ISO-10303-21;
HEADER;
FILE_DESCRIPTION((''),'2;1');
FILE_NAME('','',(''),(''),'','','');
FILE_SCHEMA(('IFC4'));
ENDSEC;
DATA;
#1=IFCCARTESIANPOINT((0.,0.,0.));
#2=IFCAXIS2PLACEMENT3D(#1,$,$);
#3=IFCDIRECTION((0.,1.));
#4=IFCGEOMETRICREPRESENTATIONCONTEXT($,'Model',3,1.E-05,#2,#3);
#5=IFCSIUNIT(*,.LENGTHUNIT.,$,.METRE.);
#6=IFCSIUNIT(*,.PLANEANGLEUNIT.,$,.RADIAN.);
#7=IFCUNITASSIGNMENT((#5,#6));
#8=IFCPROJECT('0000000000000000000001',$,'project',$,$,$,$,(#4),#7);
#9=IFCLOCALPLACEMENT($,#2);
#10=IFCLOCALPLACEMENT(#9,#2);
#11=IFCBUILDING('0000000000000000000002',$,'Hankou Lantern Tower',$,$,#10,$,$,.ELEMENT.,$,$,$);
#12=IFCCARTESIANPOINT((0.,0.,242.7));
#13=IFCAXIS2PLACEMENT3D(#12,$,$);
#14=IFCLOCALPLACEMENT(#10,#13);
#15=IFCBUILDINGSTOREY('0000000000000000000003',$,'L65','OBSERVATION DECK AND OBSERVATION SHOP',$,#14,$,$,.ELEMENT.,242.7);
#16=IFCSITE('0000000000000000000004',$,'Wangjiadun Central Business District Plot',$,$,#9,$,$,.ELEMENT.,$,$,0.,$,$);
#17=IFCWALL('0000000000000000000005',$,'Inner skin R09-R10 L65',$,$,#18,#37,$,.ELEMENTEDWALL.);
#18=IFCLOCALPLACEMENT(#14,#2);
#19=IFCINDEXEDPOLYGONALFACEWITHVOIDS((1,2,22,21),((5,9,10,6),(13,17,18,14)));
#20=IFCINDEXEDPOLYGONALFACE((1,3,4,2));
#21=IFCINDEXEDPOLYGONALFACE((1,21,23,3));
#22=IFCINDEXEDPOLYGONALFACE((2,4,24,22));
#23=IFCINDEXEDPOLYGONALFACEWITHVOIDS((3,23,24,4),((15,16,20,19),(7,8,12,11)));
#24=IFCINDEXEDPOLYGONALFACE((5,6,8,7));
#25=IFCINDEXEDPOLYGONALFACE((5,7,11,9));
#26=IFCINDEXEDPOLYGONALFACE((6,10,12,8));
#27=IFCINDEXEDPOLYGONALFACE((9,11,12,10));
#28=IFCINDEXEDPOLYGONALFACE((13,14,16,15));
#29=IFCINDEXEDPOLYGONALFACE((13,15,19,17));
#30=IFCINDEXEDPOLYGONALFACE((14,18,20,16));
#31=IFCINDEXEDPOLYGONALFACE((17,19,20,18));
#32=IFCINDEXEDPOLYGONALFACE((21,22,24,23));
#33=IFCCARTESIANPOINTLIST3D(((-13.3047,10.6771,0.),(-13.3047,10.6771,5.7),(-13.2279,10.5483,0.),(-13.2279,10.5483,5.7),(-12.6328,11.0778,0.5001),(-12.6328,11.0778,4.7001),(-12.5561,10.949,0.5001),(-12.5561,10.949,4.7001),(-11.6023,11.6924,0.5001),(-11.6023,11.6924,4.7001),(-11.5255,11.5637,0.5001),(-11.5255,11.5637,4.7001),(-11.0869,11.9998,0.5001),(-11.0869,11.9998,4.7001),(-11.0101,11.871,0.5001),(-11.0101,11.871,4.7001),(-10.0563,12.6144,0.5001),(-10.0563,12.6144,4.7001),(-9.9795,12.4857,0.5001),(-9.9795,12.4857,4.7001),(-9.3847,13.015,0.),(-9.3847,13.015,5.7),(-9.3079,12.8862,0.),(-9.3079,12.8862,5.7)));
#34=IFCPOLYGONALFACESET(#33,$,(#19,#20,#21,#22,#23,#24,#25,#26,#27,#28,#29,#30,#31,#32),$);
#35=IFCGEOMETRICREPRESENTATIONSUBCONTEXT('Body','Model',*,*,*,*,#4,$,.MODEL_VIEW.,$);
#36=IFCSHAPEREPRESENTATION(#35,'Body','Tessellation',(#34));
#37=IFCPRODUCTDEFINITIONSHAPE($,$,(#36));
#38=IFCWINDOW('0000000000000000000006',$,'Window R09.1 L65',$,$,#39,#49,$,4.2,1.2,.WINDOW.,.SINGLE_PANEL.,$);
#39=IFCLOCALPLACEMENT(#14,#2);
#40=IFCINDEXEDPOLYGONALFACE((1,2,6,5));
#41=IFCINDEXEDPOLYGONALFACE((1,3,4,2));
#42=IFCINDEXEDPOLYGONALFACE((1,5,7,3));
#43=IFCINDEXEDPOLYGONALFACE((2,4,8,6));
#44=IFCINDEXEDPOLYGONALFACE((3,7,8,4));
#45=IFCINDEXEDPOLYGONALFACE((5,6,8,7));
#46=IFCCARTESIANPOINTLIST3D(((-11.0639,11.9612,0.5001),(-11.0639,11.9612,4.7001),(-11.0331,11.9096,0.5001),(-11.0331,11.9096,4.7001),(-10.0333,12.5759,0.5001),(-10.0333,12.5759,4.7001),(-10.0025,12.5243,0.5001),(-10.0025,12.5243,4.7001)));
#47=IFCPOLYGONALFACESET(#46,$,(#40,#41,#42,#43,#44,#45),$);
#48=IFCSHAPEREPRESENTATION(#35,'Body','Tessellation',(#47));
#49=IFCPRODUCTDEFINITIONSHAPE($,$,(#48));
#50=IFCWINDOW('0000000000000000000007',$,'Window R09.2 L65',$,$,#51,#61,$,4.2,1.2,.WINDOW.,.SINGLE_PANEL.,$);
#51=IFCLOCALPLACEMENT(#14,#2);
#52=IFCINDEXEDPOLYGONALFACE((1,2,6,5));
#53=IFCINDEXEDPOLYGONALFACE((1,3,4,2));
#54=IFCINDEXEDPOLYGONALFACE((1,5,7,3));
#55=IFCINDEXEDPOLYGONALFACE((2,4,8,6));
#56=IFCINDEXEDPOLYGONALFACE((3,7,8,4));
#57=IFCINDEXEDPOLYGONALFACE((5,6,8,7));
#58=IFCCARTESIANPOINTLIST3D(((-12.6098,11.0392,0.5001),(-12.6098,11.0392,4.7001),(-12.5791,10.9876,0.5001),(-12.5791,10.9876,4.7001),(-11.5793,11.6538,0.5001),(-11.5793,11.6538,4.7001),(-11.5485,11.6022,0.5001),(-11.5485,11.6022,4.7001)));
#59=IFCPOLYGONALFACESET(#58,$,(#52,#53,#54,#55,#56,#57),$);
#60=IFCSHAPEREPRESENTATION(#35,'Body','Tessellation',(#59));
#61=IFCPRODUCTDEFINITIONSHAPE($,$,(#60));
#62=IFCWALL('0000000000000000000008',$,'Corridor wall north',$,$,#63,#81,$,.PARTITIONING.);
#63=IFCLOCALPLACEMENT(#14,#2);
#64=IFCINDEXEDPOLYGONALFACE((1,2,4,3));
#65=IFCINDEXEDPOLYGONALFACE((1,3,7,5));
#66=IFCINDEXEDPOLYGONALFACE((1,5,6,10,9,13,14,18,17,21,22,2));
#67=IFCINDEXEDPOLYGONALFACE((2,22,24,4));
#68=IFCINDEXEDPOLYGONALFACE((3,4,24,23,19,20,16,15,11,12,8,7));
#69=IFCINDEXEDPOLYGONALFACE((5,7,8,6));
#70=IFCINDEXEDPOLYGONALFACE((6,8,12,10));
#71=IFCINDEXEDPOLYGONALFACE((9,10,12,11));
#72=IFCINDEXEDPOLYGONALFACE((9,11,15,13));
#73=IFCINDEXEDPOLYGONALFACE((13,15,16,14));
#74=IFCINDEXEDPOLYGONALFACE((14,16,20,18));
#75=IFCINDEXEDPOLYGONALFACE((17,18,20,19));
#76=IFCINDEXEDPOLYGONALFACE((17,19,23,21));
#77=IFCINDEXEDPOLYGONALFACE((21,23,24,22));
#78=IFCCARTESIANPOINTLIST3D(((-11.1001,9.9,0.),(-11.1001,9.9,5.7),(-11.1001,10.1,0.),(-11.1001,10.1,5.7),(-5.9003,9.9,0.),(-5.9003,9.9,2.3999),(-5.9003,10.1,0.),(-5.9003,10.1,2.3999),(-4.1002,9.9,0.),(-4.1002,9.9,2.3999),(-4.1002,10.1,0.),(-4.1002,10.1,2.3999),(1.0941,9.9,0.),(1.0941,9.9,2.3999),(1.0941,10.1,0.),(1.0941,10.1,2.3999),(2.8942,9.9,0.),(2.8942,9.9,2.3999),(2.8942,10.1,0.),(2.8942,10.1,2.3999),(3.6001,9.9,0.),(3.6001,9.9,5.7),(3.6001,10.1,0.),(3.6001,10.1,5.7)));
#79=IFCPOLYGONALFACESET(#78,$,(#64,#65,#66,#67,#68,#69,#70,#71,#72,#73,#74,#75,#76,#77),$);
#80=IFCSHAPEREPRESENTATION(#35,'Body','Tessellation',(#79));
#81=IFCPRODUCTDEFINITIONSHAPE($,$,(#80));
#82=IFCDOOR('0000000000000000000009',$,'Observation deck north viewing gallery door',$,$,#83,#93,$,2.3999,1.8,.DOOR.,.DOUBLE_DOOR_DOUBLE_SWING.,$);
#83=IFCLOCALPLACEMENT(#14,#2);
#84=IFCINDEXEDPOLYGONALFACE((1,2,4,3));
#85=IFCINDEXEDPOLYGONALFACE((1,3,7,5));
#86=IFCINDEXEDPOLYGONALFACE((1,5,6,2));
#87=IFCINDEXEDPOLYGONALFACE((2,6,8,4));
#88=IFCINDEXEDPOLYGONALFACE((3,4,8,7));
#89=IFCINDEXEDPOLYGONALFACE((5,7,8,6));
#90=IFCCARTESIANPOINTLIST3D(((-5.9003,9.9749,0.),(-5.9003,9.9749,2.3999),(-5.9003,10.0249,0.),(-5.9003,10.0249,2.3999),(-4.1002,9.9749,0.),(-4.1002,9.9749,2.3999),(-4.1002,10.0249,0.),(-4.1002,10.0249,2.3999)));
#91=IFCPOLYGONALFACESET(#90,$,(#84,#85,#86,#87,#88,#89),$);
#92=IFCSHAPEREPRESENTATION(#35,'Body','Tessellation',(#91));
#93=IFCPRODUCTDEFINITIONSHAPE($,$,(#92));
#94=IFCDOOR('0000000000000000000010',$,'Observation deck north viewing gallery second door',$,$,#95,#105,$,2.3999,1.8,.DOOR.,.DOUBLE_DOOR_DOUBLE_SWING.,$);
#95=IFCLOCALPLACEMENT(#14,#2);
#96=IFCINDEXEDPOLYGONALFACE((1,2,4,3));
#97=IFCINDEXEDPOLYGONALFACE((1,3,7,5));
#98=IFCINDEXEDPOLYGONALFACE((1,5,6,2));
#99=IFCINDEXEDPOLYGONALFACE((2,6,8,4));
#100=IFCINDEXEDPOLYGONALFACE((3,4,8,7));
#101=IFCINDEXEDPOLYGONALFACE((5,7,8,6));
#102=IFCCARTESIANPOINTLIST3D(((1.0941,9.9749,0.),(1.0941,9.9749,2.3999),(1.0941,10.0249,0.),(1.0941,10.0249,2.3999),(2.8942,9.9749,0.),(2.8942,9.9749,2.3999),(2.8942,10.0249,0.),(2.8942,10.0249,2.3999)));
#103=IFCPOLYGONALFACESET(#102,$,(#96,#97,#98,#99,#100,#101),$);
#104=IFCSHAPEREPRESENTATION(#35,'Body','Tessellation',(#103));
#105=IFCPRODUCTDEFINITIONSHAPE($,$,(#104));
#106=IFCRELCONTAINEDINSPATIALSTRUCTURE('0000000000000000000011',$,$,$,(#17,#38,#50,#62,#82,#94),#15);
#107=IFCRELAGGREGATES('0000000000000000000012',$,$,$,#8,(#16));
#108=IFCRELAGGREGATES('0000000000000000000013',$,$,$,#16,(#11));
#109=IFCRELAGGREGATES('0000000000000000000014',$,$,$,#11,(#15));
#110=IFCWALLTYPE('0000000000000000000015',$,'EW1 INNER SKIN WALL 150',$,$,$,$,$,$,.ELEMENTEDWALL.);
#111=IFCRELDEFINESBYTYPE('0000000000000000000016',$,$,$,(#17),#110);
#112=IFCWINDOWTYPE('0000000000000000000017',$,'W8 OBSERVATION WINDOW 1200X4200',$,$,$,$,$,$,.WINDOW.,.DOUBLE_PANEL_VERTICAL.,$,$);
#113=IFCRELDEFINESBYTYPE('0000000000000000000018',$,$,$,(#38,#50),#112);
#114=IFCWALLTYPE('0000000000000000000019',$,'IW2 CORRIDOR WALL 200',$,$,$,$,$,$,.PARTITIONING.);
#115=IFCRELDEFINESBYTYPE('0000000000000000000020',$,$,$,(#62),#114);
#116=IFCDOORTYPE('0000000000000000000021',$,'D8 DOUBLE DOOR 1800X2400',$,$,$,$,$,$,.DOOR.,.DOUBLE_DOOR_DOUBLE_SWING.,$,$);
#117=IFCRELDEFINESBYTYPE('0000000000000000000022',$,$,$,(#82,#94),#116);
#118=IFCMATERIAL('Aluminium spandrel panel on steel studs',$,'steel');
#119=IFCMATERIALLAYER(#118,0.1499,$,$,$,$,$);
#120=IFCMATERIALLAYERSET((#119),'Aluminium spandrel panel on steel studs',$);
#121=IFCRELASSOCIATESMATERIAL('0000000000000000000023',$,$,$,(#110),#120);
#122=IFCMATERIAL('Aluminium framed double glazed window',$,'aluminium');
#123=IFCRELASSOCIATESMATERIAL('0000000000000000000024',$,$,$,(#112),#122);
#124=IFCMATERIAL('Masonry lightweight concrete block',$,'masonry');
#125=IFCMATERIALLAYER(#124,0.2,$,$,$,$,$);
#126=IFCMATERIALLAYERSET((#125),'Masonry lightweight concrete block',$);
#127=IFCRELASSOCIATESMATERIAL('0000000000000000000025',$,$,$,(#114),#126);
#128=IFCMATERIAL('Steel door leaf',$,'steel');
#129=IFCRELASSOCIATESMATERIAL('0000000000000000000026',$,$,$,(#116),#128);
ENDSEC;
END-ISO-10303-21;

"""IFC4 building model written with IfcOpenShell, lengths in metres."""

from ifc_helpers import new_model, si_unit, direction, frame, frame_2d, origin, place, context, subcontext, project, spatial, rectangle, extrude, material, layer, layer_set, type_object, element, fill, save


model = new_model("IFC4")

# Units and contexts
model_context = context("Model", 3, precision=1e-05, world=origin(), true_north=direction((0.0, 1.0)))
body_context = subcontext(model_context, "Body", "Model", "MODEL_VIEW")
ifc_project = project(units=[si_unit("LENGTHUNIT", "METRE"), si_unit("PLANEANGLEUNIT", "RADIAN")], contexts=[model_context])

# Site, building, storey
site_placement = place(None, origin())
site = spatial("IfcSite", under=ifc_project, at=site_placement, Name="Wangjiadun Central Business District Plot", CompositionType="ELEMENT", RefElevation=0.0)
building_placement = place(site_placement, origin())
building = spatial("IfcBuilding", under=site, at=building_placement, Name="Hankou Lantern Tower", CompositionType="ELEMENT")
storey_placement = place(building_placement, frame((0.0, 0.0, 242.7)))
storey = spatial("IfcBuildingStorey", under=building, at=storey_placement, Name="L65", Description="OBSERVATION DECK AND OBSERVATION SHOP", CompositionType="ELEMENT", Elevation=242.7)

# Wall, openings, windows
ifc_material_1 = material(Name="Aluminium spandrel panel on steel studs", Category="steel")
ifc_layer_1 = layer(ifc_material_1, 0.1499)
ifc_layer_set_1 = layer_set([ifc_layer_1], Name="Aluminium spandrel panel on steel studs")
wall_type_1 = type_object("IfcWallType", Name="EW1 INNER SKIN WALL 150", PredefinedType="ELEMENTEDWALL", material=ifc_layer_set_1)
ifc_material_2 = material(Name="Aluminium framed double glazed window", Category="aluminium")
window_type = type_object("IfcWindowType", Name="W8 OBSERVATION WINDOW 1200X4200", PartitioningType="DOUBLE_PANEL_VERTICAL", PredefinedType="WINDOW", material=ifc_material_2)
wall_1_placement = place(storey_placement, frame((-9.3462, 12.9507, 0.0), z_axis=(0.0, 0.0, 1.0), x_axis=(-0.858849, -0.512228, 0.0)))
wall_1 = element("IfcWall", 1, at=wall_1_placement, inside=storey, type_object=wall_type_1, Name="Inner skin R09-R10 L65", PredefinedType="ELEMENTEDWALL", context=body_context, shape_type="SweptSolid", body=[
    extrude(rectangle(XDim=4.5642, YDim=0.1499, at=frame_2d((2.2822, 0.0))), origin(), (0.0, 0.0, 1.0), 5.7),
])
opening_1_placement = place(wall_1_placement, frame((0.782, 0.0, 0.5)))
opening_1 = element("IfcOpeningElement", 2, at=opening_1_placement, cuts=wall_1, PredefinedType="OPENING", context=body_context, shape_type="SweptSolid", body=[
    extrude(rectangle(XDim=1.2, YDim=4.2, at=frame_2d((0.6001, 2.1001))), frame((0.0, 0.085, 0.0), z_axis=(0.0, -1.0, 0.0), x_axis=(1.0, 0.0, 0.0)), (0.0, 0.0, 1.0), 0.1699),
])
opening_2_placement = place(wall_1_placement, frame((2.582, 0.0, 0.5)))
opening_2 = element("IfcOpeningElement", 3, at=opening_2_placement, cuts=wall_1, PredefinedType="OPENING", context=body_context, shape_type="SweptSolid", body=[
    extrude(rectangle(XDim=1.2, YDim=4.2, at=frame_2d((0.6001, 2.1001))), frame((0.0, 0.085, 0.0), z_axis=(0.0, -1.0, 0.0), x_axis=(1.0, 0.0, 0.0)), (0.0, 0.0, 1.0), 0.1699),
])
window_1_placement = place(opening_1_placement, origin())
window_1 = element("IfcWindow", 4, at=window_1_placement, inside=storey, type_object=window_type, Name="Window R09.1 L65", OverallHeight=4.2, OverallWidth=1.2, PartitioningType="SINGLE_PANEL", PredefinedType="WINDOW", context=body_context, shape_type="SweptSolid", body=[
    extrude(rectangle(XDim=1.2, YDim=4.2, at=frame_2d((0.6001, 2.1001))), frame((0.0, 0.03, 0.0), z_axis=(0.0, -1.0, 0.0), x_axis=(1.0, 0.0, 0.0)), (0.0, 0.0, 1.0), 0.0601),
])
fill(opening_1, window_1)
window_2_placement = place(opening_2_placement, origin())
window_2 = element("IfcWindow", 5, at=window_2_placement, inside=storey, type_object=window_type, Name="Window R09.2 L65", OverallHeight=4.2, OverallWidth=1.2, PartitioningType="SINGLE_PANEL", PredefinedType="WINDOW", context=body_context, shape_type="SweptSolid", body=[
    extrude(rectangle(XDim=1.2, YDim=4.2, at=frame_2d((0.6001, 2.1001))), frame((0.0, 0.03, 0.0), z_axis=(0.0, -1.0, 0.0), x_axis=(1.0, 0.0, 0.0)), (0.0, 0.0, 1.0), 0.0601),
])
fill(opening_2, window_2)

# Wall, openings, doors
ifc_material_3 = material(Name="Masonry lightweight concrete block", Category="masonry")
ifc_layer_2 = layer(ifc_material_3, 0.2)
ifc_layer_set_2 = layer_set([ifc_layer_2], Name="Masonry lightweight concrete block")
wall_type_2 = type_object("IfcWallType", Name="IW2 CORRIDOR WALL 200", PredefinedType="PARTITIONING", material=ifc_layer_set_2)
wall_2_placement = place(storey_placement, frame((-11.1001, 10.0, 0.0), z_axis=(0.0, 0.0, 1.0), x_axis=(1.0, 0.0, 0.0)))
wall_2 = element("IfcWall", 6, at=wall_2_placement, inside=storey, type_object=wall_type_2, Name="Corridor wall north", PredefinedType="PARTITIONING", context=body_context, shape_type="SweptSolid", body=[
    extrude(rectangle(XDim=14.7002, YDim=0.2, at=frame_2d((7.3501, 0.0))), origin(), (0.0, 0.0, 1.0), 5.7),
])
opening_3_placement = place(wall_2_placement, frame((5.2, 0.0, 0.0)))
opening_3 = element("IfcOpeningElement", 7, at=opening_3_placement, cuts=wall_2, PredefinedType="OPENING", context=body_context, shape_type="SweptSolid", body=[
    extrude(rectangle(XDim=1.8, YDim=2.3999, at=frame_2d((0.8999, 1.2))), frame((0.0, 0.1099, 0.0), z_axis=(0.0, -1.0, 0.0), x_axis=(1.0, 0.0, 0.0)), (0.0, 0.0, 1.0), 0.22),
])
opening_4_placement = place(wall_2_placement, frame((12.1943, 0.0, 0.0)))
opening_4 = element("IfcOpeningElement", 8, at=opening_4_placement, cuts=wall_2, PredefinedType="OPENING", context=body_context, shape_type="SweptSolid", body=[
    extrude(rectangle(XDim=1.8, YDim=2.3999, at=frame_2d((0.8999, 1.2))), frame((0.0, 0.1099, 0.0), z_axis=(0.0, -1.0, 0.0), x_axis=(1.0, 0.0, 0.0)), (0.0, 0.0, 1.0), 0.22),
])
ifc_material_4 = material(Name="Steel door leaf", Category="steel")
door_type_1 = type_object("IfcDoorType", Name="D8 DOUBLE DOOR 1800X2400", OperationType="DOUBLE_DOOR_DOUBLE_SWING", PredefinedType="DOOR", material=ifc_material_4)
door_1_placement = place(opening_3_placement, origin())
door_1 = element("IfcDoor", 9, at=door_1_placement, inside=storey, type_object=door_type_1, Name="Observation deck north viewing gallery door", OperationType="DOUBLE_DOOR_DOUBLE_SWING", OverallHeight=2.3999, OverallWidth=1.8, PredefinedType="DOOR", context=body_context, shape_type="SweptSolid", body=[
    extrude(rectangle(XDim=1.8, YDim=2.3999, at=frame_2d((0.8999, 1.2))), frame((0.0, 0.0249, 0.0), z_axis=(0.0, -1.0, 0.0), x_axis=(1.0, 0.0, 0.0)), (0.0, 0.0, 1.0), 0.05),
])
fill(opening_3, door_1)
door_2_placement = place(opening_4_placement, origin())
door_2 = element("IfcDoor", 10, at=door_2_placement, inside=storey, type_object=door_type_1, Name="Observation deck north viewing gallery second door", OperationType="DOUBLE_DOOR_DOUBLE_SWING", OverallHeight=2.3999, OverallWidth=1.8, PredefinedType="DOOR", context=body_context, shape_type="SweptSolid", body=[
    extrude(rectangle(XDim=1.8, YDim=2.3999, at=frame_2d((0.8999, 1.2))), frame((0.0, 0.0249, 0.0), z_axis=(0.0, -1.0, 0.0), x_axis=(1.0, 0.0, 0.0)), (0.0, 0.0, 1.0), 0.05),
])
fill(opening_4, door_2)

save(model, "model.ifc")
